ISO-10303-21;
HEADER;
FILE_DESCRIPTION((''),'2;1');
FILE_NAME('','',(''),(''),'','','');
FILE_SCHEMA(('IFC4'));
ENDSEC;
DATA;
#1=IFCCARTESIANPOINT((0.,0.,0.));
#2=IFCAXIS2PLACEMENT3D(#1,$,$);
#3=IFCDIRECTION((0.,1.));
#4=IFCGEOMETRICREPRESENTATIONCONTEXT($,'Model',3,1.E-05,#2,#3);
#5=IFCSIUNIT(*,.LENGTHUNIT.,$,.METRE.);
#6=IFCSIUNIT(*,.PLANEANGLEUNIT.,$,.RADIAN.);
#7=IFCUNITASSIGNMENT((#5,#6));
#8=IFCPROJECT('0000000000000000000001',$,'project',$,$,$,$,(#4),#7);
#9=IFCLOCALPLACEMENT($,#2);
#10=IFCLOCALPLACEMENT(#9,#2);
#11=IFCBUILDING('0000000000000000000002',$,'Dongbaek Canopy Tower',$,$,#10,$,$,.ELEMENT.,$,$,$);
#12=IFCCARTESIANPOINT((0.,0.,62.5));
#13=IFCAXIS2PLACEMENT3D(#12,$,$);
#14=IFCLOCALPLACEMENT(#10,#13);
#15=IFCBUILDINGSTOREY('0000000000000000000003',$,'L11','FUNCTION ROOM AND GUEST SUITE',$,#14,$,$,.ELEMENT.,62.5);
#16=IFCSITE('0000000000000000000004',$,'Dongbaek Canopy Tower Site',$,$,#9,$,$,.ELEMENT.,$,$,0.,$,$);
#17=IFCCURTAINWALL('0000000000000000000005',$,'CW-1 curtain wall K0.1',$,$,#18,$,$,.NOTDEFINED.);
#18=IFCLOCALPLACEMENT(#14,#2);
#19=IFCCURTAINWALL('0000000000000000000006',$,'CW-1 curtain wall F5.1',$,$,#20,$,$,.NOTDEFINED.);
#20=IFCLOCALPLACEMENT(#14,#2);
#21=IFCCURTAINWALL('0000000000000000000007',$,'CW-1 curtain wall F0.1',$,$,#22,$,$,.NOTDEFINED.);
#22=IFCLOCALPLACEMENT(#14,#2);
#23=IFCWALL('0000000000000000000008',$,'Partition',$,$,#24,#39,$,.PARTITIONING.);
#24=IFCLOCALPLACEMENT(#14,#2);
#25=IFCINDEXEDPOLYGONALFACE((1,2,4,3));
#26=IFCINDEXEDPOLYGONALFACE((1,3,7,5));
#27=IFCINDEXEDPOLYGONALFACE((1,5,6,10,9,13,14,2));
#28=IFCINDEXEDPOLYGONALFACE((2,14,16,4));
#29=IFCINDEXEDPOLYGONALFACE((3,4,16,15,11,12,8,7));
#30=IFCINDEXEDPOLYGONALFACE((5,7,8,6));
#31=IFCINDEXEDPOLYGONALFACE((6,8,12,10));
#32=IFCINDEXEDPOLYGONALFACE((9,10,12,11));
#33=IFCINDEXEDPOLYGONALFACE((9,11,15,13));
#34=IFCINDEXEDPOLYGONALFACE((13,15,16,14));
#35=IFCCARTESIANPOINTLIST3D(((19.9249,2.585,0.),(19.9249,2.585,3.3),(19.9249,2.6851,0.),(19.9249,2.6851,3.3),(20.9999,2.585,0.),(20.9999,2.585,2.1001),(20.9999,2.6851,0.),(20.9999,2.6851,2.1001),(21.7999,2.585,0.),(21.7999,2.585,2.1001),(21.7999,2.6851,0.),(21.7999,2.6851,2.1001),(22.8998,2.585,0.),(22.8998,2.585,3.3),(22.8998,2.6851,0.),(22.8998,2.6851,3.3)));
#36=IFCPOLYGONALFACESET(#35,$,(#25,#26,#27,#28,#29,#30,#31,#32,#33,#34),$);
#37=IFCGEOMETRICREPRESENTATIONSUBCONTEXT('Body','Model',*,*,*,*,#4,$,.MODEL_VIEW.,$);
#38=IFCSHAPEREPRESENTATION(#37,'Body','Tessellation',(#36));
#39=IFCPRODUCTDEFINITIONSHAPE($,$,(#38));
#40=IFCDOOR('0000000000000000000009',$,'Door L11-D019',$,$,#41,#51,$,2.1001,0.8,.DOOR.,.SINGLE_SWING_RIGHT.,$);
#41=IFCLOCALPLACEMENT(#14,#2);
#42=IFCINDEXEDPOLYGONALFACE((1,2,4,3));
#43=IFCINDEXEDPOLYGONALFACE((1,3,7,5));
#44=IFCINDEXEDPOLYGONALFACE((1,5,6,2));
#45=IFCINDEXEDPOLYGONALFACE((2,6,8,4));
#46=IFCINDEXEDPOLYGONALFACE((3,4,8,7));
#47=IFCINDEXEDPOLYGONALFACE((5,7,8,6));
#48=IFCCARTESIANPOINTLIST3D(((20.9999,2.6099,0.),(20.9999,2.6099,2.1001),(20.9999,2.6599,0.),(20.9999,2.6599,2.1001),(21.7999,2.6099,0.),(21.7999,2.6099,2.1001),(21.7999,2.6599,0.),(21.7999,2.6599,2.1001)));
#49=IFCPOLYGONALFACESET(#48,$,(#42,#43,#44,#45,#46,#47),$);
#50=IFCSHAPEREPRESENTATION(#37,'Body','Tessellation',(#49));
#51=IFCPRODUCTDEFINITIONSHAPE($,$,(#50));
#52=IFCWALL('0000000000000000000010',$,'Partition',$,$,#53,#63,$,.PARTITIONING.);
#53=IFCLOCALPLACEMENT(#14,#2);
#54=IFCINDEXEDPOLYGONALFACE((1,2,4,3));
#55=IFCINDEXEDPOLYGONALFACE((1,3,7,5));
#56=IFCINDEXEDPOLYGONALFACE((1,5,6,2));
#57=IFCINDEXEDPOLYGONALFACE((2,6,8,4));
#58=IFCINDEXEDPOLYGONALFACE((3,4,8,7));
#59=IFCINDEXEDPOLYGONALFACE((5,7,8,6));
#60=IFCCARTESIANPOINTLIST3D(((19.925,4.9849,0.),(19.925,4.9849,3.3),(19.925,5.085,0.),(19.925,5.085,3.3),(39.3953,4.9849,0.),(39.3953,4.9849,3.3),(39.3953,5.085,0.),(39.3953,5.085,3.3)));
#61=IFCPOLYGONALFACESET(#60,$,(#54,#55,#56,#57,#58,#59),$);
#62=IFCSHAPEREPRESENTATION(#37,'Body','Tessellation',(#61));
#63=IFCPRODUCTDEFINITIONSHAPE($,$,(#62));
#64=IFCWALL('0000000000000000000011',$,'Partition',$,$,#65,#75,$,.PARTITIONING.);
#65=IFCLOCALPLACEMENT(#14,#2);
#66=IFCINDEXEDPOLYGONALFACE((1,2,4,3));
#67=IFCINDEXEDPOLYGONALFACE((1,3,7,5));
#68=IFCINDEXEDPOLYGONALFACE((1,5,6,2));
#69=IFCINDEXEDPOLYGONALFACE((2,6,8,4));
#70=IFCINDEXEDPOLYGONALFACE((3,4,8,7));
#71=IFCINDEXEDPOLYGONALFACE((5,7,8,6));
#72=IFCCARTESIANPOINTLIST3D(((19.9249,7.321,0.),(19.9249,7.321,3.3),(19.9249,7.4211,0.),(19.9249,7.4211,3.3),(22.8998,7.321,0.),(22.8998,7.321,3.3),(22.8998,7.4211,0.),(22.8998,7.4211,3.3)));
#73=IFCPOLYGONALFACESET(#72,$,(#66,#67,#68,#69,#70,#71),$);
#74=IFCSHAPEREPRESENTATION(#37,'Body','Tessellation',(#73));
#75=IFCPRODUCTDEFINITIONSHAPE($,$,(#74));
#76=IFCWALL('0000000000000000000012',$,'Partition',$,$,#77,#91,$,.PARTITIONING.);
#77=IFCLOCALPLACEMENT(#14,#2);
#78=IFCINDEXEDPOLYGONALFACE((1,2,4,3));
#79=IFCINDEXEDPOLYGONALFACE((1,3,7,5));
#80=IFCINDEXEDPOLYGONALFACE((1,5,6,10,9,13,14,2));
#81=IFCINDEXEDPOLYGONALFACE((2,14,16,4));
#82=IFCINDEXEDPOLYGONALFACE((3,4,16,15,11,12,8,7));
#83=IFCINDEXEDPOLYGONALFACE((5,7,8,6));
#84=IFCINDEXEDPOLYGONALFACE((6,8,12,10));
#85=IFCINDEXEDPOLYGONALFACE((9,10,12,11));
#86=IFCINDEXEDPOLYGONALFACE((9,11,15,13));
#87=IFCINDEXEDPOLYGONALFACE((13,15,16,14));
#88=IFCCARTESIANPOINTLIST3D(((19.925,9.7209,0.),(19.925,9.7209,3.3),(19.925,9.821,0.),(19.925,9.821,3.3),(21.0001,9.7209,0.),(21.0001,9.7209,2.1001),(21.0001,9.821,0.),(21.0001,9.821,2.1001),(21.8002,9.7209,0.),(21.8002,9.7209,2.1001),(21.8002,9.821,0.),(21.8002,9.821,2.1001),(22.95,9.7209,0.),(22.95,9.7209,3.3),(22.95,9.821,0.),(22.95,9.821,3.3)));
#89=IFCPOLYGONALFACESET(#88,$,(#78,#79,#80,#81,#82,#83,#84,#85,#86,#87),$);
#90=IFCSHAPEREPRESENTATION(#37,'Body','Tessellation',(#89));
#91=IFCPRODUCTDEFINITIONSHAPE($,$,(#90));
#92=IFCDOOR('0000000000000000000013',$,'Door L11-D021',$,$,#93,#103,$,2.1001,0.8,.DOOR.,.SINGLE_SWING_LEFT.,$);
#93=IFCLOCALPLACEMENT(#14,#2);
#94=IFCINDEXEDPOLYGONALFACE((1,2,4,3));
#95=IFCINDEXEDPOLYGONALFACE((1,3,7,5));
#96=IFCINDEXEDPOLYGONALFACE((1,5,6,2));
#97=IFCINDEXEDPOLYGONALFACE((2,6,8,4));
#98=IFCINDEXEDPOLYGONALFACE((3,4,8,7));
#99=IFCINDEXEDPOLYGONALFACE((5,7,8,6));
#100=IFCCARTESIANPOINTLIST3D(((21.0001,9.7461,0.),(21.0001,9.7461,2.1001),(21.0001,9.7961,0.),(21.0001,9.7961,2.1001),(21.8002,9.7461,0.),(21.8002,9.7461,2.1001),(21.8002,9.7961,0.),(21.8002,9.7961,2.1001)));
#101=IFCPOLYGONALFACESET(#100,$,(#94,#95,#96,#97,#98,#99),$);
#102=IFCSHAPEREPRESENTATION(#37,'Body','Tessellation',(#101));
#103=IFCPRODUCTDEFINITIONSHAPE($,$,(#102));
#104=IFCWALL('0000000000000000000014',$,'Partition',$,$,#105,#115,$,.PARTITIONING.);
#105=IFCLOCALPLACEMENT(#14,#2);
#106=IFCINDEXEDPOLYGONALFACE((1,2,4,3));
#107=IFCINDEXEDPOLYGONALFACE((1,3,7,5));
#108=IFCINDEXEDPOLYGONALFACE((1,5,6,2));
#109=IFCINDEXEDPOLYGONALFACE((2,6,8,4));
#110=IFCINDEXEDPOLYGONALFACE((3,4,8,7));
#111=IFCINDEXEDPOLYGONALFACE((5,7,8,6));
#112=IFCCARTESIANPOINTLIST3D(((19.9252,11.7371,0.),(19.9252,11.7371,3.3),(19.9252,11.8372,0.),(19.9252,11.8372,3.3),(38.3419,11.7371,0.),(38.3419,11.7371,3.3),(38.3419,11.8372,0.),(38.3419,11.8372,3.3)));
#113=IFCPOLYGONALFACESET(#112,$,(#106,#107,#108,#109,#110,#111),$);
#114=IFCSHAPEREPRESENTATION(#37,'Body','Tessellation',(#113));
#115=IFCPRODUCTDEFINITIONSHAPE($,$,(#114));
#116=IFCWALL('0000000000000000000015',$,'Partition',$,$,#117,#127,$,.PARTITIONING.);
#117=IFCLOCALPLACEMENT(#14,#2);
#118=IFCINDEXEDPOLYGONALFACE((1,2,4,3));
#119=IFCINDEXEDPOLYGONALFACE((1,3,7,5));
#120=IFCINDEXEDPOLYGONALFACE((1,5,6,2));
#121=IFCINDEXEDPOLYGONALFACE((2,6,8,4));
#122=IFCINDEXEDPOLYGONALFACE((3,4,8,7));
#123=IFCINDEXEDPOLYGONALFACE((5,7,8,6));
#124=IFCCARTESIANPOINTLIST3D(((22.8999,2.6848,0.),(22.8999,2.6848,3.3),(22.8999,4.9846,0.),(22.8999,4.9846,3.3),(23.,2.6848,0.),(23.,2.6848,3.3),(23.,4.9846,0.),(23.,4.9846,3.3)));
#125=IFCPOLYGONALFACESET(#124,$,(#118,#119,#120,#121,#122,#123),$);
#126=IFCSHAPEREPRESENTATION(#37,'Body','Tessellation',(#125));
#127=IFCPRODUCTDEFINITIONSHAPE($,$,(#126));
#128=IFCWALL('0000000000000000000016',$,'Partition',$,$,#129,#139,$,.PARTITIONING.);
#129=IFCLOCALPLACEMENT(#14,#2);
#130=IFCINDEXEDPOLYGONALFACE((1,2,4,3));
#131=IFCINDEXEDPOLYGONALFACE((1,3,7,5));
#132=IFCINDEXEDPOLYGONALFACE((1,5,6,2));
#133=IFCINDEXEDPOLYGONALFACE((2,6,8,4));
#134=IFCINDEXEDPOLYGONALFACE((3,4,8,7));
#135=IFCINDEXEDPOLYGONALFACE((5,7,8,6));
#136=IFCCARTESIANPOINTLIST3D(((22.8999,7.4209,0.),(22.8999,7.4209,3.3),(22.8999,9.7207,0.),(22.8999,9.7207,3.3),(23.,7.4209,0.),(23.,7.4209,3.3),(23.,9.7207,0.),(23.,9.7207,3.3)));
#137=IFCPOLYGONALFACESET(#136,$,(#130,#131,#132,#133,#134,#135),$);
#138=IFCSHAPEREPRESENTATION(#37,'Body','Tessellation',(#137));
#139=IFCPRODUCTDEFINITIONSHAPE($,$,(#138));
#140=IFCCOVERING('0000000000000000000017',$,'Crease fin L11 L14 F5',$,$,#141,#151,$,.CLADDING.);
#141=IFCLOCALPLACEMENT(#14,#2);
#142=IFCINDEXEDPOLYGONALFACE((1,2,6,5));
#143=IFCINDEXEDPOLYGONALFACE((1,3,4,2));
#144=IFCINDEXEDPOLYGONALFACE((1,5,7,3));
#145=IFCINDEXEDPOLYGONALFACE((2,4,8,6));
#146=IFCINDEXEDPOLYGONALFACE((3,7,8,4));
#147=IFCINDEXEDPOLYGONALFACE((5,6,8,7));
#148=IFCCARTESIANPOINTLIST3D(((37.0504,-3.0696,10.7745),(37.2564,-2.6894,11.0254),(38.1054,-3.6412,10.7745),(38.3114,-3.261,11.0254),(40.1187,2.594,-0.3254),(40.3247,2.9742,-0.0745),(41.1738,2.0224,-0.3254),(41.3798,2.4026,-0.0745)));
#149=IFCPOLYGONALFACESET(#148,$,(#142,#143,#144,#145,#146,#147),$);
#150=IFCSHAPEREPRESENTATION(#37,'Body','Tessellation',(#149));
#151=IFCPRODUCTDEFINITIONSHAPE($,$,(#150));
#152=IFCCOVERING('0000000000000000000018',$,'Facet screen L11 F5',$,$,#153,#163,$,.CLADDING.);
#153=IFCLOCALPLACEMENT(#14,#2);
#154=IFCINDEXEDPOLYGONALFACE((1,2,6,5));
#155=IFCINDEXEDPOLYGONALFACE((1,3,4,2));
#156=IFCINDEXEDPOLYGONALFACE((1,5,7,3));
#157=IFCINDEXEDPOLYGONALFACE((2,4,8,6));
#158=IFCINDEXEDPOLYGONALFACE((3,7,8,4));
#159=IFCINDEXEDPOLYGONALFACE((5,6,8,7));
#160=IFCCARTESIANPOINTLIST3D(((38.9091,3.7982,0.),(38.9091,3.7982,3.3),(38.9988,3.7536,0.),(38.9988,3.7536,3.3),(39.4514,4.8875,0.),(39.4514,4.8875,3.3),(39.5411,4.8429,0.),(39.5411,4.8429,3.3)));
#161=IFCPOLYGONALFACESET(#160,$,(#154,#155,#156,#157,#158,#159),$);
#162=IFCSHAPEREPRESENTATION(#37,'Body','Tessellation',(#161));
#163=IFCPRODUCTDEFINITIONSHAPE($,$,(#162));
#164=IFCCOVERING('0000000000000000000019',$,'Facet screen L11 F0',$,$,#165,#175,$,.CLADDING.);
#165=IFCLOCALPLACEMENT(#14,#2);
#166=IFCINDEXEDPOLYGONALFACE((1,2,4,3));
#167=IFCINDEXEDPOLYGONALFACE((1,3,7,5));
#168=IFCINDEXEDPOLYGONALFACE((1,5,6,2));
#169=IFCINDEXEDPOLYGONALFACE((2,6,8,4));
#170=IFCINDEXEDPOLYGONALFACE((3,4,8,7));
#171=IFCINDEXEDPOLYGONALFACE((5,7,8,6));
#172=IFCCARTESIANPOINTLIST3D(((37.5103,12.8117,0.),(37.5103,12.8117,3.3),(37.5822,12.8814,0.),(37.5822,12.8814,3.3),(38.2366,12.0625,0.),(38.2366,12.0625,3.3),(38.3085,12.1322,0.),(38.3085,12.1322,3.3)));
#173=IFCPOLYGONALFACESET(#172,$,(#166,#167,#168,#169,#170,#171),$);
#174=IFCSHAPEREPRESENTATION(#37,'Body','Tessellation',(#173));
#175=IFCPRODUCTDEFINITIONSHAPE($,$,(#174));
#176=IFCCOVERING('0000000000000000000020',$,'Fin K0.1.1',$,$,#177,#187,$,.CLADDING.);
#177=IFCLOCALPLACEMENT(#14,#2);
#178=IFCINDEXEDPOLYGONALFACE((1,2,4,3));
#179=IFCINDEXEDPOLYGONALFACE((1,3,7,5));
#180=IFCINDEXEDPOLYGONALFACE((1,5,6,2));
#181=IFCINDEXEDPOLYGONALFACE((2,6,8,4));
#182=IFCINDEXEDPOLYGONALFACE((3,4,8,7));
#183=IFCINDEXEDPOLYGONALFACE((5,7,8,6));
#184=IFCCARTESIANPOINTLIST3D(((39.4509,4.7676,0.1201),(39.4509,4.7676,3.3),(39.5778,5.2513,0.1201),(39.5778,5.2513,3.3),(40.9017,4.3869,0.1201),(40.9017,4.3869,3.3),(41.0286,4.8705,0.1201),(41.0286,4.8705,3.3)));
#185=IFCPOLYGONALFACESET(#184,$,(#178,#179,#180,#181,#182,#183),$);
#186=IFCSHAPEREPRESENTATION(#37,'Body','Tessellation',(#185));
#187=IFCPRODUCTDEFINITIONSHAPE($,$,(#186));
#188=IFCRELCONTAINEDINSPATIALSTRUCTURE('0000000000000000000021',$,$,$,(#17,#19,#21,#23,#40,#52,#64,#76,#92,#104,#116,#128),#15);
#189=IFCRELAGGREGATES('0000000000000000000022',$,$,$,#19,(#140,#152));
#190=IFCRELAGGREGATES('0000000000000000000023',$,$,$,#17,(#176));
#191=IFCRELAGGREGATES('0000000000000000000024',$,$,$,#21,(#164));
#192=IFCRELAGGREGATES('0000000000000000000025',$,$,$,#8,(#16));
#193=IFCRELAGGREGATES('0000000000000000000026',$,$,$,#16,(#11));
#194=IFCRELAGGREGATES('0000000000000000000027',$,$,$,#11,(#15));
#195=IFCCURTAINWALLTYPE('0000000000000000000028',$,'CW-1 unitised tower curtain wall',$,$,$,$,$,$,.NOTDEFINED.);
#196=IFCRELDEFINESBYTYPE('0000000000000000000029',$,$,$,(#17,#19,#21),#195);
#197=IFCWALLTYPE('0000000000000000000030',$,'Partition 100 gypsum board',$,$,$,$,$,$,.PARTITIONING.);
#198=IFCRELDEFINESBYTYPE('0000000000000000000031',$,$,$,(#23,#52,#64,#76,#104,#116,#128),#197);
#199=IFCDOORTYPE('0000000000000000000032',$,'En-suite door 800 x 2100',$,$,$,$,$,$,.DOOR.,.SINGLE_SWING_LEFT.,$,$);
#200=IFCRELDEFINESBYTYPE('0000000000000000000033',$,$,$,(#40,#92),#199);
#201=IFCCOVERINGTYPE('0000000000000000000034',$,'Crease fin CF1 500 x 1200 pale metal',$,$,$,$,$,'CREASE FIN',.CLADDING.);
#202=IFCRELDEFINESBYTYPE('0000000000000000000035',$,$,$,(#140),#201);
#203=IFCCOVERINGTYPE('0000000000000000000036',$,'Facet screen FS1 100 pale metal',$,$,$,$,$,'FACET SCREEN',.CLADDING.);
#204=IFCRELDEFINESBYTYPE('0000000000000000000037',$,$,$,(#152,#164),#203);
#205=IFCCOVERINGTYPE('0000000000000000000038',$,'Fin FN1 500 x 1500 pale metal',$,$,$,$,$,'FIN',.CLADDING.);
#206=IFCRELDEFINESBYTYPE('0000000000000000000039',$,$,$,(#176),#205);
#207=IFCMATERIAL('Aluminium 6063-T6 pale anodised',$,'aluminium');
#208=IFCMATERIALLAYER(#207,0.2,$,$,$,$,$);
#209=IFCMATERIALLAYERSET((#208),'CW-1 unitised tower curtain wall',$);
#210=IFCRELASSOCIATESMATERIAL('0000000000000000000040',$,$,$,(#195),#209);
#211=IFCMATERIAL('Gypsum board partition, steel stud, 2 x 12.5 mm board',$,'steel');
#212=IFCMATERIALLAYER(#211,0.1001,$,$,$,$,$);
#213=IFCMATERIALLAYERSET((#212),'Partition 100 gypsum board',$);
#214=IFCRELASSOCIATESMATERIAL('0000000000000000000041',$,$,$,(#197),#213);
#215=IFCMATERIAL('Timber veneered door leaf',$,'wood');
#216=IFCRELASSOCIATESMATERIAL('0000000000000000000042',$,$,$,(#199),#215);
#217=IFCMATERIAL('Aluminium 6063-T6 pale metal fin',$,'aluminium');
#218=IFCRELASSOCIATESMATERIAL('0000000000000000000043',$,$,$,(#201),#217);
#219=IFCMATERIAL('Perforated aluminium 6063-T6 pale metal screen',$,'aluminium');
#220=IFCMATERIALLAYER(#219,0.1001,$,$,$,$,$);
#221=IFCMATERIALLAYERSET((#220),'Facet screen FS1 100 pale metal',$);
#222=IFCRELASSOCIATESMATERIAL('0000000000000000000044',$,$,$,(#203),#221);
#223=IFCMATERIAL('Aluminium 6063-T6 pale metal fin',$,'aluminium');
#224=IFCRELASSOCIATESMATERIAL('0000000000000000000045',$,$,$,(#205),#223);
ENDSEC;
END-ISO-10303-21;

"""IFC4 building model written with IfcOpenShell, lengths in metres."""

from ifc_helpers import new_model, si_unit, direction, frame, frame_2d, origin, origin_2d, place, context, subcontext, project, spatial, rectangle, extrude, material, layer, layer_set, material_profile, profile_set, type_object, element, fill, aggregate, save


model = new_model("IFC4")

# Units and contexts
model_context = context("Model", 3, precision=1e-05, world=origin(), true_north=direction((0.0, 1.0)))
body_context = subcontext(model_context, "Body", "Model", "MODEL_VIEW")
ifc_project = project(units=[si_unit("LENGTHUNIT", "METRE"), si_unit("PLANEANGLEUNIT", "RADIAN")], contexts=[model_context])

# Site, building, storey
site_placement = place(None, origin())
site = spatial("IfcSite", under=ifc_project, at=site_placement, Name="Dongbaek Canopy Tower Site", CompositionType="ELEMENT", RefElevation=0.0)
building_placement = place(site_placement, origin())
building = spatial("IfcBuilding", under=site, at=building_placement, Name="Dongbaek Canopy Tower", CompositionType="ELEMENT")
storey_placement = place(building_placement, frame((0.0, 0.0, 62.5)))
storey = spatial("IfcBuildingStorey", under=building, at=storey_placement, Name="L11", Description="FUNCTION ROOM AND GUEST SUITE", CompositionType="ELEMENT", Elevation=62.5)

# Curtain wall
ifc_material_1 = material(Name="Aluminium 6063-T6 pale anodised", Category="aluminium")
ifc_layer_1 = layer(ifc_material_1, 0.2)
ifc_layer_set_1 = layer_set([ifc_layer_1], Name="CW-1 unitised tower curtain wall")
curtain_wall_type = type_object("IfcCurtainWallType", Name="CW-1 unitised tower curtain wall", PredefinedType="NOTDEFINED", material=ifc_layer_set_1)
curtain_wall_1_placement = place(storey_placement, origin())
curtain_wall_1 = element("IfcCurtainWall", 1, at=curtain_wall_1_placement, inside=storey, type_object=curtain_wall_type, Name="CW-1 curtain wall K0.1", PredefinedType="NOTDEFINED")

# Curtain walls
curtain_wall_2_placement = place(storey_placement, origin())
curtain_wall_2 = element("IfcCurtainWall", 2, at=curtain_wall_2_placement, inside=storey, type_object=curtain_wall_type, Name="CW-1 curtain wall F5.1", PredefinedType="NOTDEFINED")
curtain_wall_3_placement = place(storey_placement, origin())
curtain_wall_3 = element("IfcCurtainWall", 3, at=curtain_wall_3_placement, inside=storey, type_object=curtain_wall_type, Name="CW-1 curtain wall F0.1", PredefinedType="NOTDEFINED")

# Wall, opening, door
ifc_material_2 = material(Name="Gypsum board partition, steel stud, 2 x 12.5 mm board", Category="steel")
ifc_layer_2 = layer(ifc_material_2, 0.1001)
ifc_layer_set_2 = layer_set([ifc_layer_2], Name="Partition 100 gypsum board")
wall_type = type_object("IfcWallType", Name="Partition 100 gypsum board", PredefinedType="PARTITIONING", material=ifc_layer_set_2)
wall_1_placement = place(storey_placement, frame((19.925, 2.635, 0.0), z_axis=(0.0, 0.0, 1.0), x_axis=(1.0, 0.0, 0.0)))
wall_1 = element("IfcWall", 4, at=wall_1_placement, inside=storey, type_object=wall_type, Name="Partition", PredefinedType="PARTITIONING", context=body_context, shape_type="SweptSolid", body=[
    extrude(rectangle(XDim=2.9749, YDim=0.1001, at=frame_2d((1.4873, 0.0))), origin(), (0.0, 0.0, 1.0), 3.3),
])
opening_1_placement = place(wall_1_placement, frame((1.075, 0.0, 0.0)))
opening_1 = element("IfcOpeningElement", 5, at=opening_1_placement, cuts=wall_1, PredefinedType="OPENING", context=body_context, shape_type="SweptSolid", body=[
    extrude(rectangle(XDim=0.8, YDim=2.1001, at=frame_2d((0.3999, 1.05))), frame((0.0, 0.0601, 0.0), z_axis=(0.0, -1.0, 0.0), x_axis=(1.0, 0.0, 0.0)), (0.0, 0.0, 1.0), 0.1201),
])
ifc_material_3 = material(Name="Timber veneered door leaf", Category="wood")
door_type = type_object("IfcDoorType", Name="En-suite door 800 x 2100", OperationType="SINGLE_SWING_LEFT", PredefinedType="DOOR", material=ifc_material_3)
door_1_placement = place(opening_1_placement, origin())
door_1 = element("IfcDoor", 6, at=door_1_placement, inside=storey, type_object=door_type, Name="Door L11-D019", OperationType="SINGLE_SWING_RIGHT", OverallHeight=2.1001, OverallWidth=0.8, PredefinedType="DOOR", context=body_context, shape_type="SweptSolid", body=[
    extrude(rectangle(XDim=0.8, YDim=2.1001, at=frame_2d((0.3999, 1.05))), frame((0.0, 0.0249, 0.0), z_axis=(0.0, -1.0, 0.0), x_axis=(1.0, 0.0, 0.0)), (0.0, 0.0, 1.0), 0.05),
])
fill(opening_1, door_1)

# Walls
wall_2_placement = place(storey_placement, frame((19.925, 5.0349, 0.0), z_axis=(0.0, 0.0, 1.0), x_axis=(1.0, 0.0, 0.0)))
element("IfcWall", 7, at=wall_2_placement, inside=storey, type_object=wall_type, Name="Partition", PredefinedType="PARTITIONING", context=body_context, shape_type="SweptSolid", body=[
    extrude(rectangle(XDim=19.4702, YDim=0.1001, at=frame_2d((9.7351, 0.0))), origin(), (0.0, 0.0, 1.0), 3.3),
])
wall_3_placement = place(storey_placement, frame((19.925, 7.3711, 0.0), z_axis=(0.0, 0.0, 1.0), x_axis=(1.0, 0.0, 0.0)))
element("IfcWall", 8, at=wall_3_placement, inside=storey, type_object=wall_type, Name="Partition", PredefinedType="PARTITIONING", context=body_context, shape_type="SweptSolid", body=[
    extrude(rectangle(XDim=2.9749, YDim=0.1001, at=frame_2d((1.4873, 0.0))), origin(), (0.0, 0.0, 1.0), 3.3),
])

# Wall, opening, door
wall_4_placement = place(storey_placement, frame((22.95, 9.771, 0.0), z_axis=(0.0, 0.0, 1.0), x_axis=(-1.0, 0.0, 0.0)))
wall_4 = element("IfcWall", 9, at=wall_4_placement, inside=storey, type_object=wall_type, Name="Partition", PredefinedType="PARTITIONING", context=body_context, shape_type="SweptSolid", body=[
    extrude(rectangle(XDim=3.0249, YDim=0.1001, at=frame_2d((1.5125, 0.0))), origin(), (0.0, 0.0, 1.0), 3.3),
])
opening_2_placement = place(wall_4_placement, frame((1.1499, 0.0, 0.0)))
opening_2 = element("IfcOpeningElement", 10, at=opening_2_placement, cuts=wall_4, PredefinedType="OPENING", context=body_context, shape_type="SweptSolid", body=[
    extrude(rectangle(XDim=0.8, YDim=2.1001, at=frame_2d((0.3999, 1.05))), frame((0.0, 0.0601, 0.0), z_axis=(0.0, -1.0, 0.0), x_axis=(1.0, 0.0, 0.0)), (0.0, 0.0, 1.0), 0.1201),
])
door_2_placement = place(opening_2_placement, origin())
door_2 = element("IfcDoor", 11, at=door_2_placement, inside=storey, type_object=door_type, Name="Door L11-D021", OperationType="SINGLE_SWING_LEFT", OverallHeight=2.1001, OverallWidth=0.8, PredefinedType="DOOR", context=body_context, shape_type="SweptSolid", body=[
    extrude(rectangle(XDim=0.8, YDim=2.1001, at=frame_2d((0.3999, 1.05))), frame((0.0, 0.0249, 0.0), z_axis=(0.0, -1.0, 0.0), x_axis=(1.0, 0.0, 0.0)), (0.0, 0.0, 1.0), 0.05),
])
fill(opening_2, door_2)

# Walls
wall_5_placement = place(storey_placement, frame((19.925, 11.7871, 0.0), z_axis=(0.0, 0.0, 1.0), x_axis=(1.0, 0.0, 0.0)))
element("IfcWall", 12, at=wall_5_placement, inside=storey, type_object=wall_type, Name="Partition", PredefinedType="PARTITIONING", context=body_context, shape_type="SweptSolid", body=[
    extrude(rectangle(XDim=18.4167, YDim=0.1001, at=frame_2d((9.2085, 0.0))), origin(), (0.0, 0.0, 1.0), 3.3),
])
for number, where, z_axis, x_axis, name in (
    (13, (22.95, 2.6848, 0.0), (0.0, 0.0, 1.0), (0.0, 1.0, 0.0), "Partition"),
    (14, (22.95, 7.4209, 0.0), (0.0, 0.0, 1.0), (0.0, 1.0, 0.0), "Partition"),
):
    element("IfcWall", number, at=place(storey_placement, frame(where, z_axis=z_axis, x_axis=x_axis)), inside=storey, type_object=wall_type, Name=name, PredefinedType="PARTITIONING", context=body_context, shape_type="SweptSolid", body=[
        extrude(rectangle(XDim=2.2998, YDim=0.1001, at=frame_2d((1.1499, 0.0))), origin(), (0.0, 0.0, 1.0), 3.3),
    ])

# Coverings
ifc_material_4 = material(Name="Aluminium 6063-T6 pale metal fin", Category="aluminium")
ifc_material_profile_1 = material_profile(ifc_material_4, rectangle(XDim=1.2, YDim=0.5, at=origin_2d()), Name="Crease fin CF1 500 x 1200 pale metal")
ifc_profile_set_1 = profile_set([ifc_material_profile_1], Name="Aluminium 6063-T6 pale metal fin")
covering_type_1 = type_object("IfcCoveringType", Name="Crease fin CF1 500 x 1200 pale metal", ElementType="CREASE FIN", PredefinedType="CLADDING", material=ifc_profile_set_1)
covering_1_placement = place(storey_placement, frame((40.7493, 2.4983, -0.2), z_axis=(-0.239091, -0.441313, 0.864915), x_axis=(0.879254, -0.476354, 0.0)))
covering_1 = element("IfcCovering", 15, at=covering_1_placement, type_object=covering_type_1, Name="Crease fin L11 L14 F5", PredefinedType="CLADDING", context=body_context, shape_type="SweptSolid", body=[
    extrude(rectangle(XDim=1.2, YDim=0.5, at=origin_2d()), origin(), (0.0, 0.0, 1.0), 12.8335),
])
ifc_material_5 = material(Name="Perforated aluminium 6063-T6 pale metal screen", Category="aluminium")
ifc_layer_3 = layer(ifc_material_5, 0.1001)
ifc_layer_set_3 = layer_set([ifc_layer_3], Name="Facet screen FS1 100 pale metal")
covering_type_2 = type_object("IfcCoveringType", Name="Facet screen FS1 100 pale metal", ElementType="FACET SCREEN", PredefinedType="CLADDING", material=ifc_layer_set_3)
covering_2_placement = place(storey_placement, frame((39.2251, 4.3206, 0.0), z_axis=(0.0, 0.0, 1.0), x_axis=(0.445678, 0.895194, 0.0)))
covering_2 = element("IfcCovering", 16, at=covering_2_placement, type_object=covering_type_2, Name="Facet screen L11 F5", PredefinedType="CLADDING", context=body_context, shape_type="SweptSolid", body=[
    extrude(rectangle(XDim=1.2168, YDim=0.1001, at=origin_2d()), origin(), (0.0, 0.0, 1.0), 3.3),
])
aggregate(curtain_wall_2, [covering_1, covering_2])
covering_3_placement = place(storey_placement, frame((37.9094, 12.4719, 0.0), z_axis=(0.0, 0.0, 1.0), x_axis=(-0.696039, 0.718004, 0.0)))
covering_3 = element("IfcCovering", 17, at=covering_3_placement, type_object=covering_type_2, Name="Facet screen L11 F0", PredefinedType="CLADDING", context=body_context, shape_type="SweptSolid", body=[
    extrude(rectangle(XDim=1.0435, YDim=0.1001, at=origin_2d()), origin(), (0.0, 0.0, 1.0), 3.3),
])
ifc_material_6 = material(Name="Aluminium 6063-T6 pale metal fin", Category="aluminium")
ifc_material_profile_2 = material_profile(ifc_material_6, rectangle(XDim=1.5, YDim=0.5, at=origin_2d()), Name="Fin FN1 500 x 1500 pale metal")
ifc_profile_set_2 = profile_set([ifc_material_profile_2], Name="Aluminium 6063-T6 pale metal fin")
covering_type_3 = type_object("IfcCoveringType", Name="Fin FN1 500 x 1500 pale metal", ElementType="FIN", PredefinedType="CLADDING", material=ifc_profile_set_2)
covering_4_placement = place(storey_placement, frame((40.2397, 4.8191, 0.1201), z_axis=(0.0, 0.0, 1.0), x_axis=(0.96725, -0.253824, 0.0)))
covering_4 = element("IfcCovering", 18, at=covering_4_placement, type_object=covering_type_3, Name="Fin K0.1.1", PredefinedType="CLADDING", context=body_context, shape_type="SweptSolid", body=[
    extrude(rectangle(XDim=1.5, YDim=0.5, at=origin_2d()), origin(), (0.0, 0.0, 1.0), 3.1799),
])
aggregate(curtain_wall_1, [covering_4])
aggregate(curtain_wall_3, [covering_3])

save(model, "model.ifc")
